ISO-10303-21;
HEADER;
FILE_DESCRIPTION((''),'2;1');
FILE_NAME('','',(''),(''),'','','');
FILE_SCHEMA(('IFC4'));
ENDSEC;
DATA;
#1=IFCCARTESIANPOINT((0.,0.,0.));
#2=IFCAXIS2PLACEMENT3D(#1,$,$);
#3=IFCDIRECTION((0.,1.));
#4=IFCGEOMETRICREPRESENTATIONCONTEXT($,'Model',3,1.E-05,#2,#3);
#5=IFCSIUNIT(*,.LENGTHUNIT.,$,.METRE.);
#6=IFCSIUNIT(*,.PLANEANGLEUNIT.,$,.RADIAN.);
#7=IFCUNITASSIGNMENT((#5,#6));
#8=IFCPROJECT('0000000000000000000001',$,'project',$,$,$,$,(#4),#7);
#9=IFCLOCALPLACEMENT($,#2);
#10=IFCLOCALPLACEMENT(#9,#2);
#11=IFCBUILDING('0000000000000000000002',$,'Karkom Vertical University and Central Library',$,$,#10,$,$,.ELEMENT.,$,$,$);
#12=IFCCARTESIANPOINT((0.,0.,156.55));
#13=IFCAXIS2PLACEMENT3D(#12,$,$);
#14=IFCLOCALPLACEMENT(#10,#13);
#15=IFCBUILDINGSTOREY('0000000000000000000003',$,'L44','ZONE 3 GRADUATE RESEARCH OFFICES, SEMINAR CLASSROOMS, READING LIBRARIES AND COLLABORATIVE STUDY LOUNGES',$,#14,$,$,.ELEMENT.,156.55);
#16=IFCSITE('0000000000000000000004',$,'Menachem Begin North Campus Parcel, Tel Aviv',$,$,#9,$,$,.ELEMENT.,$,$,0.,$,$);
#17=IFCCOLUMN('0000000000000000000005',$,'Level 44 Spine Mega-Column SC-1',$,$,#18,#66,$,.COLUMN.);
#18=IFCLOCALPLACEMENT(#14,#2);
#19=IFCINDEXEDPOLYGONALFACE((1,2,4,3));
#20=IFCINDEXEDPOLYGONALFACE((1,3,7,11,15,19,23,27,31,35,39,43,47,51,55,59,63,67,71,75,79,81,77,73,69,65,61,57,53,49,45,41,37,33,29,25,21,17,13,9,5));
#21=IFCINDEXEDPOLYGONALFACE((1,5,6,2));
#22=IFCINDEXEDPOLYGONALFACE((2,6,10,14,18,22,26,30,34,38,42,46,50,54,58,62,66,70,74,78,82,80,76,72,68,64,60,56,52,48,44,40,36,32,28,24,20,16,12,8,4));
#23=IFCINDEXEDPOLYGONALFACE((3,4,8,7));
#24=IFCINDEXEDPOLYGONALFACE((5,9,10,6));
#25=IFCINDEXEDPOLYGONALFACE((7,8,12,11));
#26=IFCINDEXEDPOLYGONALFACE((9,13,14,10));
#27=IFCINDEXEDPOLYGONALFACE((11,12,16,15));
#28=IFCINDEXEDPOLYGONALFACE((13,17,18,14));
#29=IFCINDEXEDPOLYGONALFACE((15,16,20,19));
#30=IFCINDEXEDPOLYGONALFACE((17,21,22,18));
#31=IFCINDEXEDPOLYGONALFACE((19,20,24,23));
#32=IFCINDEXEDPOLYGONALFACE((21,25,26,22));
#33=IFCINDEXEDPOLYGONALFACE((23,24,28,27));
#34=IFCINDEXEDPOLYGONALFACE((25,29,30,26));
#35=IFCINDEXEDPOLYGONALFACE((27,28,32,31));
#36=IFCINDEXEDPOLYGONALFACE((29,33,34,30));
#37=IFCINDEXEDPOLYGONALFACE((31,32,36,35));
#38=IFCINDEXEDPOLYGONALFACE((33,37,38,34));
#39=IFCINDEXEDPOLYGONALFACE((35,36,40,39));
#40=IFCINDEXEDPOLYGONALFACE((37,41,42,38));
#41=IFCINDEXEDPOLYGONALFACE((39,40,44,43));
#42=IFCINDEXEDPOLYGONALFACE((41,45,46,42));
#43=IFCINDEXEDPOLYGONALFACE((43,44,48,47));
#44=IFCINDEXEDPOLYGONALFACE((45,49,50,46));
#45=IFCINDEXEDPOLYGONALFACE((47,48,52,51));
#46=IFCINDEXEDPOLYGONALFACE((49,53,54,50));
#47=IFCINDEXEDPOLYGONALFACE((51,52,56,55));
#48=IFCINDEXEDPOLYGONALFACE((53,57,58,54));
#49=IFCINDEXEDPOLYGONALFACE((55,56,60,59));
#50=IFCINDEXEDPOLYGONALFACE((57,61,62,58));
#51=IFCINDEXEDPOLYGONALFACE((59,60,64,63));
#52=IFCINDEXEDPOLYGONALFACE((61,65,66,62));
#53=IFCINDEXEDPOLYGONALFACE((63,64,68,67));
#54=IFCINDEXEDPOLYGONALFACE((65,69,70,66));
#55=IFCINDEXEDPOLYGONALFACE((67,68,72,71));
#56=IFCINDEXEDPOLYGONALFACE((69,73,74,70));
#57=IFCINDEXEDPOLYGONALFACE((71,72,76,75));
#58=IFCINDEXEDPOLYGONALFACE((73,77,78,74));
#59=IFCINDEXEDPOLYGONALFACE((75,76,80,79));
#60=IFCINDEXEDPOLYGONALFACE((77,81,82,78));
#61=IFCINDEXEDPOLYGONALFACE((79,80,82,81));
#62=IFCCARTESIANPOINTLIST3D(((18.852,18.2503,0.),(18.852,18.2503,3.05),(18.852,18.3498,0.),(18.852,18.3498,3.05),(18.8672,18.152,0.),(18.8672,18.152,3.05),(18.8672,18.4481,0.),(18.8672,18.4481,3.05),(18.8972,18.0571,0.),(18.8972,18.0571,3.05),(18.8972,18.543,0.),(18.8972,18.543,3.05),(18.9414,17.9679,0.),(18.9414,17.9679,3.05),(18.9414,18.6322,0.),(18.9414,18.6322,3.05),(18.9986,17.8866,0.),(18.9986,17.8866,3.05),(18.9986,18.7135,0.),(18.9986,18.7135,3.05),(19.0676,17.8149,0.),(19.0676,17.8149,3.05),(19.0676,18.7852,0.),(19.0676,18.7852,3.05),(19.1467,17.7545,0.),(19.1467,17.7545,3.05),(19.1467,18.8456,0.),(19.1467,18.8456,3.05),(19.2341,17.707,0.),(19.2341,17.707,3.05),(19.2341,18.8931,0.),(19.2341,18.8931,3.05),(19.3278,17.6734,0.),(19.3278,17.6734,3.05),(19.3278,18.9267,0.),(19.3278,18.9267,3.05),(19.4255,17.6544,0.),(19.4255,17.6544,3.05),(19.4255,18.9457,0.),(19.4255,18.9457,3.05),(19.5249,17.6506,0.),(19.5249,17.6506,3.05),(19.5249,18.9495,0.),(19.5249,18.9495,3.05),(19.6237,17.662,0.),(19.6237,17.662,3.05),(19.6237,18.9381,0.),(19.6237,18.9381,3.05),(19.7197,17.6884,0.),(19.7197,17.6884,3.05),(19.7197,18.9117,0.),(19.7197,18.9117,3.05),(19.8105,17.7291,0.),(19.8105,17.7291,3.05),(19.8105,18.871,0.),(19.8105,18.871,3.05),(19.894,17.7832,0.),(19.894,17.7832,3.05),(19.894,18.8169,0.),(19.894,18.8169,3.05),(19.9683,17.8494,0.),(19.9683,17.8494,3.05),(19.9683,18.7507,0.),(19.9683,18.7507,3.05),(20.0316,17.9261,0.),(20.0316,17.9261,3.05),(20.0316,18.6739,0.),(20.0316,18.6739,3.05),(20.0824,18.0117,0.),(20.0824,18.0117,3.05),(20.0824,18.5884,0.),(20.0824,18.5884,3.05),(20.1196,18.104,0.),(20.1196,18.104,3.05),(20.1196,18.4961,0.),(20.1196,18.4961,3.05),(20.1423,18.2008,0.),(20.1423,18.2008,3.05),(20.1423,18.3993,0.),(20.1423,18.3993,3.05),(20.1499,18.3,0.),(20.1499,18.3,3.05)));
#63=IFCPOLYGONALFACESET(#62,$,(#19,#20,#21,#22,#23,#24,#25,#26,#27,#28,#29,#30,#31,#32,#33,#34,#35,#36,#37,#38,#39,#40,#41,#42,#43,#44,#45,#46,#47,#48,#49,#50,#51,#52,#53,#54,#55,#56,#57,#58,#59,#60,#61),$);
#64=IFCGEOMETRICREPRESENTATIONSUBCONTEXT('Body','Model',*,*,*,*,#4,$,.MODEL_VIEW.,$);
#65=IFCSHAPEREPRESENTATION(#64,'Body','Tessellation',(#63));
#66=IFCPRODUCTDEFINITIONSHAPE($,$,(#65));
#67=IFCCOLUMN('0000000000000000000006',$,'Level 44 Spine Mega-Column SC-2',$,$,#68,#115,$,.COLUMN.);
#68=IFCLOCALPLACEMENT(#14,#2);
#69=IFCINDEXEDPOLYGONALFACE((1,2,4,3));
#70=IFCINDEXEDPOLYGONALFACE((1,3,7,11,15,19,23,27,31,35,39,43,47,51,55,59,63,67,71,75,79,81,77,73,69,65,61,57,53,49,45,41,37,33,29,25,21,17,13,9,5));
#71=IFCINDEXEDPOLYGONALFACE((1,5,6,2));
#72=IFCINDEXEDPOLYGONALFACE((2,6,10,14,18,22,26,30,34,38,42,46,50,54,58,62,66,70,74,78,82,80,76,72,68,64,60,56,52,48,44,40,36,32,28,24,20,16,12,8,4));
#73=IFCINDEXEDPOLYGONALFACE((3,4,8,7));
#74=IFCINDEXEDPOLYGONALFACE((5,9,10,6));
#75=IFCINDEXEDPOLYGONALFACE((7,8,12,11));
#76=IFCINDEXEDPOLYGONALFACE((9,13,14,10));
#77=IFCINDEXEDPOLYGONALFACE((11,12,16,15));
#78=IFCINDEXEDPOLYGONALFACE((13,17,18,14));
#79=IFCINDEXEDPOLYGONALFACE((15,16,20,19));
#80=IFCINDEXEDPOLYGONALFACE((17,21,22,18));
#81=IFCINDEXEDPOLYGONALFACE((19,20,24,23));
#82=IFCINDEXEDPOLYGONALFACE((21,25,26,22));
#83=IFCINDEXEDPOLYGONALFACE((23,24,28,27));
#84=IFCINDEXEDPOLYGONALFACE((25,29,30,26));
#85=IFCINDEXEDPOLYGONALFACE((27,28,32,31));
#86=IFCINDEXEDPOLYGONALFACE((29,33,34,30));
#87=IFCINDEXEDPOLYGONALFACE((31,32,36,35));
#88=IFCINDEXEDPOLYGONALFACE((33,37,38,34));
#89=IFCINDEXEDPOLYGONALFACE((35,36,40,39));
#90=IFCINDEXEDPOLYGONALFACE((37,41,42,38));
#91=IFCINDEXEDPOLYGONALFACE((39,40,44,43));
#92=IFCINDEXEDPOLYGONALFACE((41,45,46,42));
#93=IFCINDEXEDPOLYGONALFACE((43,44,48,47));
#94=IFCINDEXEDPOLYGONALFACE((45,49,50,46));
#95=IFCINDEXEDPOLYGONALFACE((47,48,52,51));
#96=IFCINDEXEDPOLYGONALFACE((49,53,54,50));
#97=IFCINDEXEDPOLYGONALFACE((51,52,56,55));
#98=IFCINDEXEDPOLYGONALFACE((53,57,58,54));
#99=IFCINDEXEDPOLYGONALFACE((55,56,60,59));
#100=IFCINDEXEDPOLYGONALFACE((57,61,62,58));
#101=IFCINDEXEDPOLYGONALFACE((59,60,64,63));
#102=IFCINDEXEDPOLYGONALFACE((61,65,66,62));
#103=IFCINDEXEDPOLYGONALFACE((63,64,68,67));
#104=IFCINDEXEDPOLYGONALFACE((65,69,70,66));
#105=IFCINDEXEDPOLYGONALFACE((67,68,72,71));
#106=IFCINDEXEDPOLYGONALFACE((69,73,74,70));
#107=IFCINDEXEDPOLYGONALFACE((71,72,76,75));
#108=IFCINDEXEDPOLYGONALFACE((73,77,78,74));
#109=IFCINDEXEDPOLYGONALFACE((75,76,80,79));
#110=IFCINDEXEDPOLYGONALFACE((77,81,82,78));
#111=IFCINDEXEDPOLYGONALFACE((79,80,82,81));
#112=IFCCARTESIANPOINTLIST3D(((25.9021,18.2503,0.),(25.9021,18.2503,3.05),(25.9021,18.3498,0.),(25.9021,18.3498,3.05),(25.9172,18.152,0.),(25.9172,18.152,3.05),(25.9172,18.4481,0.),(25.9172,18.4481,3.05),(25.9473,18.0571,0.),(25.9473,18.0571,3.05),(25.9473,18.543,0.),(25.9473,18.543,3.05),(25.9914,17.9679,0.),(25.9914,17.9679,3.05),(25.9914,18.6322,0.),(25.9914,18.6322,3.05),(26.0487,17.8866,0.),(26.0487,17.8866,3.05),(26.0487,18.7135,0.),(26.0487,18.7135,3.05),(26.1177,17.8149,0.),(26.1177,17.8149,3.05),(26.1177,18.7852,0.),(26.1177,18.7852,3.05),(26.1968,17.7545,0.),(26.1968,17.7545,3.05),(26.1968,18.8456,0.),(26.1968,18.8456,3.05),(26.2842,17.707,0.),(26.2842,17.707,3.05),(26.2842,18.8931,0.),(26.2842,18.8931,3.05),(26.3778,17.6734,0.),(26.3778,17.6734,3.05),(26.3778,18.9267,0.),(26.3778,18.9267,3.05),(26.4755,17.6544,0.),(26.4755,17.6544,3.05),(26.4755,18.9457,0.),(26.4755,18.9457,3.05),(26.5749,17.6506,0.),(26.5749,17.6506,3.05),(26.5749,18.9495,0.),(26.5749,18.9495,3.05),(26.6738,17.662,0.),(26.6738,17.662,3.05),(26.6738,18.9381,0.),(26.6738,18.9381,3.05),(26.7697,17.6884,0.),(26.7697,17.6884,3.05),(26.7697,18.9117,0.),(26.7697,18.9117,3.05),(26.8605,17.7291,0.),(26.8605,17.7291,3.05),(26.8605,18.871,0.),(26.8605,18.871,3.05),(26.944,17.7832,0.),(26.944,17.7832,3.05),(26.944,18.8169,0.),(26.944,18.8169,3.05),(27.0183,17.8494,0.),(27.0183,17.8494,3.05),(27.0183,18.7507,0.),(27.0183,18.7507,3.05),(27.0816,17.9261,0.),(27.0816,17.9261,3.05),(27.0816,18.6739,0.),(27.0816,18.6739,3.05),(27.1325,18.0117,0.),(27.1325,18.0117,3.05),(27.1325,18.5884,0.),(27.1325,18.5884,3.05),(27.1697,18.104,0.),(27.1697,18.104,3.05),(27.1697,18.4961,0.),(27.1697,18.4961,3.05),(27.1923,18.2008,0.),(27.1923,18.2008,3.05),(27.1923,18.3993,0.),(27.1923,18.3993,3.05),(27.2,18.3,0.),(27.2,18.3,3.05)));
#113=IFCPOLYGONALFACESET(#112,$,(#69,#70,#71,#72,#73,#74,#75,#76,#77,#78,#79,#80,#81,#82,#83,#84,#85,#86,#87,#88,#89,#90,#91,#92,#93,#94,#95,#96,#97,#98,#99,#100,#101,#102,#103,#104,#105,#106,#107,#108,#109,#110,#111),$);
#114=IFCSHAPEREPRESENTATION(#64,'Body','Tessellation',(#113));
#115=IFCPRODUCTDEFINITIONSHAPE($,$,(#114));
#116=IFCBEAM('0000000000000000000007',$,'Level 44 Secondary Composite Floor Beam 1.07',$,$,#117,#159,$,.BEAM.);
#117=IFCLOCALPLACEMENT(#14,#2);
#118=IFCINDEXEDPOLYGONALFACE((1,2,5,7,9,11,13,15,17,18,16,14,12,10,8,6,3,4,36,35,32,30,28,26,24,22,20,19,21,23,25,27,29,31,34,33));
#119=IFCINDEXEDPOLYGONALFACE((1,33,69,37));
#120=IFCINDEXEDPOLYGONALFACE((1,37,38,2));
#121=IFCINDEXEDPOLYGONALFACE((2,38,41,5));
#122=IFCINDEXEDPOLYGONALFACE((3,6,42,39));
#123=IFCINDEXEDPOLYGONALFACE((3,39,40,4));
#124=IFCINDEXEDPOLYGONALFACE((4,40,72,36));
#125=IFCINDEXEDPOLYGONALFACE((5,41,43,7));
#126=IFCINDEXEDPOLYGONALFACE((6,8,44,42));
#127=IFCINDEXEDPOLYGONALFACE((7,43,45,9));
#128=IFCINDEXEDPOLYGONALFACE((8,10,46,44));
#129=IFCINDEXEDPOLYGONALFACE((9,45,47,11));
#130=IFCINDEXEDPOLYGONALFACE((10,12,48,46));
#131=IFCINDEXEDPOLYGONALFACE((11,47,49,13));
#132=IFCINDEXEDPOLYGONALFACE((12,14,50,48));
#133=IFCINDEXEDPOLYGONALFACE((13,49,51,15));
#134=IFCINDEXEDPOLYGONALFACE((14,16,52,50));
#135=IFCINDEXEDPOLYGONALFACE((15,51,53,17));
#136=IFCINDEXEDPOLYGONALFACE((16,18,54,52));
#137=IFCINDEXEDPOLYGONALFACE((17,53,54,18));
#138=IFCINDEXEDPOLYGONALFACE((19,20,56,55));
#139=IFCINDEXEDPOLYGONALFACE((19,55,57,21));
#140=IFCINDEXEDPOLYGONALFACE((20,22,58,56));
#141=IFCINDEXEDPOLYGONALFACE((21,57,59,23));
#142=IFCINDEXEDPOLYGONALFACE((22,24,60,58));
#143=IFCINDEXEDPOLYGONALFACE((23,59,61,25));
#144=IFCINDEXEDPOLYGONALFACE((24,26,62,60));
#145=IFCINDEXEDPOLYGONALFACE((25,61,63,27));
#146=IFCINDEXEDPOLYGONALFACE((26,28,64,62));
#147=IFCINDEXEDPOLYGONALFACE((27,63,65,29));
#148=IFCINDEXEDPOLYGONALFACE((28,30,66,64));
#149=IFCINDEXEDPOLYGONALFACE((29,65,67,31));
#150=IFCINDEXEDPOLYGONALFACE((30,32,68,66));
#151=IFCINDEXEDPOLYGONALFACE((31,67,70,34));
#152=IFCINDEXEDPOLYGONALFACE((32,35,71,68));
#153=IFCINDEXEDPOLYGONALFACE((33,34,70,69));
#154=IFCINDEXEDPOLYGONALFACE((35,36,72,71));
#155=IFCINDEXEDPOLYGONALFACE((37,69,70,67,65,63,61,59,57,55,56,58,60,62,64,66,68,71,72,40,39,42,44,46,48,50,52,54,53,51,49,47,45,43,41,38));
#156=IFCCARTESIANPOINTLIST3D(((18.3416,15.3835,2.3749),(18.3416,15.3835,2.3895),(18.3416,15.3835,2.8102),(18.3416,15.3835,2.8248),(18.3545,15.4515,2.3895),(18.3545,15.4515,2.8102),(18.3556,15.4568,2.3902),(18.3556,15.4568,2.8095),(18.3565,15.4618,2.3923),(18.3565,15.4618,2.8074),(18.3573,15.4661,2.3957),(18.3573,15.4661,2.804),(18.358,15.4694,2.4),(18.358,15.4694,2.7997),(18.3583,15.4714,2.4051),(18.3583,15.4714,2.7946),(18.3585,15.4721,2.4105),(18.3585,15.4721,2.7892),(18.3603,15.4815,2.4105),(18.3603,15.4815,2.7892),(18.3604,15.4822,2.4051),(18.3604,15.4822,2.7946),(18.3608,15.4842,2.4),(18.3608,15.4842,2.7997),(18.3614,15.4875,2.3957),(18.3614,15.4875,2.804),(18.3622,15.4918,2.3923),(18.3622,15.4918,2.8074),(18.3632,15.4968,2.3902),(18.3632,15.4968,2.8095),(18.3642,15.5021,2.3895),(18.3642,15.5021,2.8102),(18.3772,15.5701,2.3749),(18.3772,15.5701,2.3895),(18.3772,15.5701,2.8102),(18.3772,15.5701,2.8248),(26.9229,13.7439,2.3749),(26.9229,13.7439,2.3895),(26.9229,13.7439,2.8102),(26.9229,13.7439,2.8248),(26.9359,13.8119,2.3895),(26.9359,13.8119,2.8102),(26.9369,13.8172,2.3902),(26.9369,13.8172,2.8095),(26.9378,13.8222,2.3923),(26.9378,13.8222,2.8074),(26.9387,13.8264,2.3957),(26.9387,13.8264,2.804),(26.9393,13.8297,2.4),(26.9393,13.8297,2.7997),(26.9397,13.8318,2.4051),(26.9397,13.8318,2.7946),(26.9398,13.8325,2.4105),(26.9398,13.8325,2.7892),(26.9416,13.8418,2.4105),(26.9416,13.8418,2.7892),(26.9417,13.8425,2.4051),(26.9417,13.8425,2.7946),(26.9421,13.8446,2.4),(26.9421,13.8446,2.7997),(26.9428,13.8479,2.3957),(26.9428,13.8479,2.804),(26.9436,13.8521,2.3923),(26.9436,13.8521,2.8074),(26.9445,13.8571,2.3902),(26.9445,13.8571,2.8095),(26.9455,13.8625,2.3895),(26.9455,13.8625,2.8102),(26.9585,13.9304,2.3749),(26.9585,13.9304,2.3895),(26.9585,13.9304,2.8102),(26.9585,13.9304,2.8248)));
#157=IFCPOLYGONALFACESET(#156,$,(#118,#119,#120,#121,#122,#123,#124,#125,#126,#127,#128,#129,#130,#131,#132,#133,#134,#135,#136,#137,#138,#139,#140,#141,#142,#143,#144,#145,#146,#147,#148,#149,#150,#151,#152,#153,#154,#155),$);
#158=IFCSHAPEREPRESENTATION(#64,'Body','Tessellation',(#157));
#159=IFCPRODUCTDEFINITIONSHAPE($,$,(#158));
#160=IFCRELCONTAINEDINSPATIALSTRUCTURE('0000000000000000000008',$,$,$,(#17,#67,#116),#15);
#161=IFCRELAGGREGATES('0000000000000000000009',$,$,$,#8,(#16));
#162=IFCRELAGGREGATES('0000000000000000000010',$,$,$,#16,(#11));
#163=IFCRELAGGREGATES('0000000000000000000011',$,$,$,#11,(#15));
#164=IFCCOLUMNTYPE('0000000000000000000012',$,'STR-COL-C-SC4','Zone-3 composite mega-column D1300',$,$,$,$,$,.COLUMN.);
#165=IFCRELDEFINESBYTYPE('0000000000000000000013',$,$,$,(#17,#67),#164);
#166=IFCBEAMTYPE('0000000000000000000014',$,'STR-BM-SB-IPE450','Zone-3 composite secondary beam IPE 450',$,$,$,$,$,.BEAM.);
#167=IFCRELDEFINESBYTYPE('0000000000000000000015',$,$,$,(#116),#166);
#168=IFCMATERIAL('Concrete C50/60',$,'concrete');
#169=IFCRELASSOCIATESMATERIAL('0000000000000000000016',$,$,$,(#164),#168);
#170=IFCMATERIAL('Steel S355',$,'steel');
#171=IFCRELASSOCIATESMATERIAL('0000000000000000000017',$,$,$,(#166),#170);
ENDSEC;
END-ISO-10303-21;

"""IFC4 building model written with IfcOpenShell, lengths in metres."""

from ifc_helpers import new_model, si_unit, direction, frame, origin, origin_with_axes, origin_2d, place, context, subcontext, project, spatial, circle, i_section, extrude, source, transform, mapped, material, material_profile, profile_set, type_object, element, save


model = new_model("IFC4")

# Units and contexts
model_context = context("Model", 3, precision=1e-05, world=origin(), true_north=direction((0.0, 1.0)))
body_context = subcontext(model_context, "Body", "Model", "MODEL_VIEW")
ifc_project = project(units=[si_unit("LENGTHUNIT", "METRE"), si_unit("PLANEANGLEUNIT", "RADIAN")], contexts=[model_context])

# Site, building, storey
site_placement = place(None, origin())
site = spatial("IfcSite", under=ifc_project, at=site_placement, Name="Menachem Begin North Campus Parcel, Tel Aviv", CompositionType="ELEMENT", RefElevation=0.0)
building_placement = place(site_placement, origin())
building = spatial("IfcBuilding", under=site, at=building_placement, Name="Karkom Vertical University and Central Library", CompositionType="ELEMENT")
storey_placement = place(building_placement, frame((0.0, 0.0, 156.55)))
storey = spatial("IfcBuildingStorey", under=building, at=storey_placement, Name="L44", Description="ZONE 3 GRADUATE RESEARCH OFFICES, SEMINAR CLASSROOMS, READING LIBRARIES AND COLLABORATIVE STUDY LOUNGES", CompositionType="ELEMENT", Elevation=156.55)

# Columns
ifc_material_1 = material(Name="Concrete C50/60", Category="concrete")
ifc_material_profile_1 = material_profile(ifc_material_1, circle(Radius=0.6499, at=origin_2d()), Name="CFT-D1300")
ifc_profile_set_1 = profile_set([ifc_material_profile_1], Name="Concrete C50/60")
column_type = type_object("IfcColumnType", Name="STR-COL-C-SC4", Description="Zone-3 composite mega-column D1300", PredefinedType="COLUMN", material=ifc_profile_set_1)
shared_shape_1 = source(origin_with_axes(), body_context, "Body", "SweptSolid", [
    extrude(circle(Radius=0.6499, at=origin_2d()), origin(), (0.0, 0.0, 1.0), 3.05),
])
for number, where, z_axis, x_axis, name in (
    (1, (19.5, 18.3, 0.0), (0.0, 0.0, 1.0), (1.0, 0.0, 0.0), "Level 44 Spine Mega-Column SC-1"),
    (2, (26.55, 18.3, 0.0), (0.0, 0.0, 1.0), (1.0, 0.0, 0.0), "Level 44 Spine Mega-Column SC-2"),
):
    element("IfcColumn", number, at=place(storey_placement, frame(where, z_axis=z_axis, x_axis=x_axis)), inside=storey, type_object=column_type, Name=name, PredefinedType="COLUMN", context=body_context, shape_type="MappedRepresentation", body=[
        mapped(shared_shape_1, transform((0.0, 0.0, 0.0), scale=1.0)),
    ])

# Beam
ifc_material_2 = material(Name="Steel S355", Category="steel")
ifc_material_profile_2 = material_profile(ifc_material_2, i_section(OverallWidth=0.1899, OverallDepth=0.45, WebThickness=0.0095, FlangeThickness=0.0146, FilletRadius=0.021, at=origin_2d()), Name="IPE 450")
ifc_profile_set_2 = profile_set([ifc_material_profile_2], Name="Steel S355")
beam_type_1 = type_object("IfcBeamType", Name="STR-BM-SB-IPE450", Description="Zone-3 composite secondary beam IPE 450", PredefinedType="BEAM", material=ifc_profile_set_2)
shared_shape_2 = source(origin_with_axes(), body_context, "Body", "SweptSolid", [
    extrude(i_section(OverallWidth=0.1899, OverallDepth=0.45, WebThickness=0.0095, FlangeThickness=0.0146, FilletRadius=0.021, at=origin_2d()), origin(), (0.0, 0.0, 1.0), 8.7366),
])
beam_1_placement = place(storey_placement, frame((18.3594, 15.4768, 2.5999), z_axis=(0.982231, -0.187677, 0.0), x_axis=(0.187677, 0.982231, 0.0)))
element("IfcBeam", 3, at=beam_1_placement, inside=storey, type_object=beam_type_1, Name="Level 44 Secondary Composite Floor Beam 1.07", PredefinedType="BEAM", context=body_context, shape_type="MappedRepresentation", body=[
    mapped(shared_shape_2, transform((0.0, 0.0, 0.0), scale=1.0)),
])

save(model, "model.ifc")
